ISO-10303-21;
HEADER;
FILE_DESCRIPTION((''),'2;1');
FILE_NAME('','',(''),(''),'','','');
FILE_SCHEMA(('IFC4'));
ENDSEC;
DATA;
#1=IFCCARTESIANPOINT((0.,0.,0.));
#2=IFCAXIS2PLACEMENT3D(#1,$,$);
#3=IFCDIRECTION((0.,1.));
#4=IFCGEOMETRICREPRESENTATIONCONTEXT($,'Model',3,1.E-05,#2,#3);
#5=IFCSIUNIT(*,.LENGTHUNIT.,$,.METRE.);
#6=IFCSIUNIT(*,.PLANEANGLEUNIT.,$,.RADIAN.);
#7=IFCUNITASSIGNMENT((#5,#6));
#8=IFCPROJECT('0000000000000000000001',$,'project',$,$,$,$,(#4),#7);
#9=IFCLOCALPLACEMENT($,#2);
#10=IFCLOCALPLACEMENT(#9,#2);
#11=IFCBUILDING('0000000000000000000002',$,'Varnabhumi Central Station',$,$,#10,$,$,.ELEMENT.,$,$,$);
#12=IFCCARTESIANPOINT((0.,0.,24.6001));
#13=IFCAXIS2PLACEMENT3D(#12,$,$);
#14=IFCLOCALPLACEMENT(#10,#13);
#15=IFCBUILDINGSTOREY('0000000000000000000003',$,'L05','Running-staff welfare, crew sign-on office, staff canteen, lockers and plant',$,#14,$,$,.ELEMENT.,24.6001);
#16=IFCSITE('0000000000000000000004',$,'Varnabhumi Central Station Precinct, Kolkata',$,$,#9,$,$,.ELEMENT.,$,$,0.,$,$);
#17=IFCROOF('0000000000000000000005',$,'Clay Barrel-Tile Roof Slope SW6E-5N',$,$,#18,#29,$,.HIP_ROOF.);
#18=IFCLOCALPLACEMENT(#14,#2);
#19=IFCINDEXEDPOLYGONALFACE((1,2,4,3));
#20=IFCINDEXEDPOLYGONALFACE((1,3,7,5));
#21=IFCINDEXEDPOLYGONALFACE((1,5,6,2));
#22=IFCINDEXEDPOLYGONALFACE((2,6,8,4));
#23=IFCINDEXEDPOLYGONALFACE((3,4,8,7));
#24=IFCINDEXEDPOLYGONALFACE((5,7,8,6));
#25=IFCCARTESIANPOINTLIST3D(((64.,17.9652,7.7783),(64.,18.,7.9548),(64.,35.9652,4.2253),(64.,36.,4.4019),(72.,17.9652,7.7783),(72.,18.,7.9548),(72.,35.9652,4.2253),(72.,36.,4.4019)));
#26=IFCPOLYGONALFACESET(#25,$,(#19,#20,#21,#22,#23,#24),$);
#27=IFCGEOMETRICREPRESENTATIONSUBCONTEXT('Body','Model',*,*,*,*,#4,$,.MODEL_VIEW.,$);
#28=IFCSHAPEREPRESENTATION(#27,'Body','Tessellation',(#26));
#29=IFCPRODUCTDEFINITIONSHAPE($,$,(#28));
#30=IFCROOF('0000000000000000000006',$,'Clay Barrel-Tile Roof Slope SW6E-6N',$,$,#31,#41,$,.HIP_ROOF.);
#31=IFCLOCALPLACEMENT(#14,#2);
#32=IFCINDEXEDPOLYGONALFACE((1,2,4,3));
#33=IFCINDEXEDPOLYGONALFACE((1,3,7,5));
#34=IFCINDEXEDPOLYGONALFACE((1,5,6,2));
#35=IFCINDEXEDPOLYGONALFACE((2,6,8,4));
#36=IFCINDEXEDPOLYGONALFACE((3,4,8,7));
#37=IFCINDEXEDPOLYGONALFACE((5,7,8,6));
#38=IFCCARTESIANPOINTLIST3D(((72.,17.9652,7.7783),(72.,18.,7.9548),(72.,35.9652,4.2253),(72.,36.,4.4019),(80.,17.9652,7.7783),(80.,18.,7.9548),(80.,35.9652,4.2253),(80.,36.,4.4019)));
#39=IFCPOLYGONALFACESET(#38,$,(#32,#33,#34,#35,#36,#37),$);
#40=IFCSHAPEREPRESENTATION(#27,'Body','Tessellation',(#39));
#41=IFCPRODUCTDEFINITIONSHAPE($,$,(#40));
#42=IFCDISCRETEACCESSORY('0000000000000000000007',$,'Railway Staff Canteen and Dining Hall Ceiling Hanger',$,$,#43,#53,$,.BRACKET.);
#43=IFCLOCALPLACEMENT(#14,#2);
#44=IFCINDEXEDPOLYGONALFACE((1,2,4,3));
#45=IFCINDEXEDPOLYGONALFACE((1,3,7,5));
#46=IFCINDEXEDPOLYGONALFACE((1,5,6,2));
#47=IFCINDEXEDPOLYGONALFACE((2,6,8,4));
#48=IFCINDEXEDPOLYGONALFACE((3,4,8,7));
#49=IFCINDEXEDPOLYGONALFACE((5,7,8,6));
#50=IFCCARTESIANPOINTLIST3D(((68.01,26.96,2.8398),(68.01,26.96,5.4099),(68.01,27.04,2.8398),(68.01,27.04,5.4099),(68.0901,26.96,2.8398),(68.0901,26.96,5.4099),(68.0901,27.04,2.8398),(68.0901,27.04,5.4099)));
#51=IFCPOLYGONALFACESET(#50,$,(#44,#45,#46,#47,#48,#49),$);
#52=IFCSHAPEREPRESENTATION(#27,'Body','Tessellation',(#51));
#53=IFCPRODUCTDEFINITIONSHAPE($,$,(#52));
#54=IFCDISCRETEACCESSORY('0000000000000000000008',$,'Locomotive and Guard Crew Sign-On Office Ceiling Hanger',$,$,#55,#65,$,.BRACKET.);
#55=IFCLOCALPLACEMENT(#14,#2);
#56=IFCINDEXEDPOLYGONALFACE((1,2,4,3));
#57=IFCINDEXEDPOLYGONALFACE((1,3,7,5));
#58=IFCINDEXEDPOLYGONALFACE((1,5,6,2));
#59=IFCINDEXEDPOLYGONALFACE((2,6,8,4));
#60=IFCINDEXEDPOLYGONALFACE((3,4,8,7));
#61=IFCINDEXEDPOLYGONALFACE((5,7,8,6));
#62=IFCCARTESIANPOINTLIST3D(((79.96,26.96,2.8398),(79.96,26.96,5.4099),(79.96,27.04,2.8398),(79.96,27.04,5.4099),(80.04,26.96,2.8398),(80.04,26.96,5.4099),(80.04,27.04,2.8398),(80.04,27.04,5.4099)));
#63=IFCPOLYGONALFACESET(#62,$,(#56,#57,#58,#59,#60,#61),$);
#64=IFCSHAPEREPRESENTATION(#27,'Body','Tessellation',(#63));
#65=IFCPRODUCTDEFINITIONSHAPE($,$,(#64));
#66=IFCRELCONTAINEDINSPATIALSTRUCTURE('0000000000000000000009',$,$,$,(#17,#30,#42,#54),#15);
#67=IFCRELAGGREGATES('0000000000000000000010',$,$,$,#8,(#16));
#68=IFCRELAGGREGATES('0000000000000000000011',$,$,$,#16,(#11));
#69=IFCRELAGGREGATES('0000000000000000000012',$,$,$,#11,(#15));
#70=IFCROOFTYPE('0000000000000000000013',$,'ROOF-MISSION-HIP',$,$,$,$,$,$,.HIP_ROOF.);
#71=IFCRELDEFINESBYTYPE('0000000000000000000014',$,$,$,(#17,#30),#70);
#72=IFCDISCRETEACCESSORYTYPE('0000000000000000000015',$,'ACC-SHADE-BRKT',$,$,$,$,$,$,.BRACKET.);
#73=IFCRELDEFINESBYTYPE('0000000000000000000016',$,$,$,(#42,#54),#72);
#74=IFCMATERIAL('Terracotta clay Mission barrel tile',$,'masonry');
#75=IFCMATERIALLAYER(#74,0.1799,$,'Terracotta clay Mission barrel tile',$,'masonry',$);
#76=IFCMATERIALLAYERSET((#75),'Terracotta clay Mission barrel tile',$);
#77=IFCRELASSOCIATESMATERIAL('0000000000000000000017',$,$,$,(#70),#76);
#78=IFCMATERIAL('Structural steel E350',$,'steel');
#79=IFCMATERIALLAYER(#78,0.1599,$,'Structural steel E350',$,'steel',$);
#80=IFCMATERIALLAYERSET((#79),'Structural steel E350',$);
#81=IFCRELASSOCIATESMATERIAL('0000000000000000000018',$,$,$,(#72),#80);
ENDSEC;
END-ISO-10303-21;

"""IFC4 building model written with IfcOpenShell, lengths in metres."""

from ifc_helpers import new_model, si_unit, direction, frame, origin, origin_2d, place, context, subcontext, project, spatial, polyline, rectangle, outline, extrude, material, layer, layer_set, type_object, element, save


model = new_model("IFC4")

# Units and contexts
model_context = context("Model", 3, precision=1e-05, world=origin(), true_north=direction((0.0, 1.0)))
body_context = subcontext(model_context, "Body", "Model", "MODEL_VIEW")
ifc_project = project(units=[si_unit("LENGTHUNIT", "METRE"), si_unit("PLANEANGLEUNIT", "RADIAN")], contexts=[model_context])

# Site, building, storey
site_placement = place(None, origin())
site = spatial("IfcSite", under=ifc_project, at=site_placement, Name="Varnabhumi Central Station Precinct, Kolkata", CompositionType="ELEMENT", RefElevation=0.0)
building_placement = place(site_placement, origin())
building = spatial("IfcBuilding", under=site, at=building_placement, Name="Varnabhumi Central Station", CompositionType="ELEMENT")
storey_placement = place(building_placement, frame((0.0, 0.0, 24.6001)))
storey = spatial("IfcBuildingStorey", under=building, at=storey_placement, Name="L05", Description="Running-staff welfare, crew sign-on office, staff canteen, lockers and plant", CompositionType="ELEMENT", Elevation=24.6001)

# Shared definitions
ifc_material_1 = material(Name="Structural steel E350", Category="steel")

# Roofs
ifc_material_2 = material(Name="Terracotta clay Mission barrel tile", Category="masonry")
ifc_layer_1 = layer(ifc_material_2, 0.1799, Name="Terracotta clay Mission barrel tile", Category="masonry")
ifc_layer_set_1 = layer_set([ifc_layer_1], Name="Terracotta clay Mission barrel tile")
roof_type = type_object("IfcRoofType", Name="ROOF-MISSION-HIP", PredefinedType="HIP_ROOF", material=ifc_layer_set_1)
for number, where, z_axis, x_axis, name in (
    (1, (72.0, 36.0, 4.4019), (0.0, 0.193651, 0.98107), (-1.0, 0.0, 0.0), "Clay Barrel-Tile Roof Slope SW6E-5N"),
    (2, (80.0, 36.0, 4.4019), (0.0, 0.193651, 0.98107), (-1.0, 0.0, 0.0), "Clay Barrel-Tile Roof Slope SW6E-6N"),
):
    element("IfcRoof", number, at=place(storey_placement, frame(where, z_axis=z_axis, x_axis=x_axis)), inside=storey, type_object=roof_type, Name=name, PredefinedType="HIP_ROOF", context=body_context, shape_type="SweptSolid", body=[
        extrude(outline(polyline([(0.0, 0.0), (8.0, 0.0), (8.0, 18.3473), (0.0, 18.3473), (0.0, 0.0)])), origin(), (0.0, 0.0, -1.0), 0.1799),
    ])

# Discrete accessories
ifc_layer_2 = layer(ifc_material_1, 0.1599, Name="Structural steel E350", Category="steel")
ifc_layer_set_2 = layer_set([ifc_layer_2], Name="Structural steel E350")
discrete_accessory_type = type_object("IfcDiscreteAccessoryType", Name="ACC-SHADE-BRKT", PredefinedType="BRACKET", material=ifc_layer_set_2)
for number, where, z_axis, x_axis, name in (
    (3, (68.05, 27.0, 2.8398), (0.0, 0.0, 1.0), (1.0, 0.0, 0.0), "Railway Staff Canteen and Dining Hall Ceiling Hanger"),
    (4, (80.0, 27.0, 2.8398), (0.0, 0.0, 1.0), (1.0, 0.0, 0.0), "Locomotive and Guard Crew Sign-On Office Ceiling Hanger"),
):
    element("IfcDiscreteAccessory", number, at=place(storey_placement, frame(where, z_axis=z_axis, x_axis=x_axis)), inside=storey, type_object=discrete_accessory_type, Name=name, PredefinedType="BRACKET", context=body_context, shape_type="SweptSolid", body=[
        extrude(rectangle(XDim=0.0801, YDim=0.0801, at=origin_2d()), origin(), (0.0, 0.0, 1.0), 2.5701),
    ])

save(model, "model.ifc")
